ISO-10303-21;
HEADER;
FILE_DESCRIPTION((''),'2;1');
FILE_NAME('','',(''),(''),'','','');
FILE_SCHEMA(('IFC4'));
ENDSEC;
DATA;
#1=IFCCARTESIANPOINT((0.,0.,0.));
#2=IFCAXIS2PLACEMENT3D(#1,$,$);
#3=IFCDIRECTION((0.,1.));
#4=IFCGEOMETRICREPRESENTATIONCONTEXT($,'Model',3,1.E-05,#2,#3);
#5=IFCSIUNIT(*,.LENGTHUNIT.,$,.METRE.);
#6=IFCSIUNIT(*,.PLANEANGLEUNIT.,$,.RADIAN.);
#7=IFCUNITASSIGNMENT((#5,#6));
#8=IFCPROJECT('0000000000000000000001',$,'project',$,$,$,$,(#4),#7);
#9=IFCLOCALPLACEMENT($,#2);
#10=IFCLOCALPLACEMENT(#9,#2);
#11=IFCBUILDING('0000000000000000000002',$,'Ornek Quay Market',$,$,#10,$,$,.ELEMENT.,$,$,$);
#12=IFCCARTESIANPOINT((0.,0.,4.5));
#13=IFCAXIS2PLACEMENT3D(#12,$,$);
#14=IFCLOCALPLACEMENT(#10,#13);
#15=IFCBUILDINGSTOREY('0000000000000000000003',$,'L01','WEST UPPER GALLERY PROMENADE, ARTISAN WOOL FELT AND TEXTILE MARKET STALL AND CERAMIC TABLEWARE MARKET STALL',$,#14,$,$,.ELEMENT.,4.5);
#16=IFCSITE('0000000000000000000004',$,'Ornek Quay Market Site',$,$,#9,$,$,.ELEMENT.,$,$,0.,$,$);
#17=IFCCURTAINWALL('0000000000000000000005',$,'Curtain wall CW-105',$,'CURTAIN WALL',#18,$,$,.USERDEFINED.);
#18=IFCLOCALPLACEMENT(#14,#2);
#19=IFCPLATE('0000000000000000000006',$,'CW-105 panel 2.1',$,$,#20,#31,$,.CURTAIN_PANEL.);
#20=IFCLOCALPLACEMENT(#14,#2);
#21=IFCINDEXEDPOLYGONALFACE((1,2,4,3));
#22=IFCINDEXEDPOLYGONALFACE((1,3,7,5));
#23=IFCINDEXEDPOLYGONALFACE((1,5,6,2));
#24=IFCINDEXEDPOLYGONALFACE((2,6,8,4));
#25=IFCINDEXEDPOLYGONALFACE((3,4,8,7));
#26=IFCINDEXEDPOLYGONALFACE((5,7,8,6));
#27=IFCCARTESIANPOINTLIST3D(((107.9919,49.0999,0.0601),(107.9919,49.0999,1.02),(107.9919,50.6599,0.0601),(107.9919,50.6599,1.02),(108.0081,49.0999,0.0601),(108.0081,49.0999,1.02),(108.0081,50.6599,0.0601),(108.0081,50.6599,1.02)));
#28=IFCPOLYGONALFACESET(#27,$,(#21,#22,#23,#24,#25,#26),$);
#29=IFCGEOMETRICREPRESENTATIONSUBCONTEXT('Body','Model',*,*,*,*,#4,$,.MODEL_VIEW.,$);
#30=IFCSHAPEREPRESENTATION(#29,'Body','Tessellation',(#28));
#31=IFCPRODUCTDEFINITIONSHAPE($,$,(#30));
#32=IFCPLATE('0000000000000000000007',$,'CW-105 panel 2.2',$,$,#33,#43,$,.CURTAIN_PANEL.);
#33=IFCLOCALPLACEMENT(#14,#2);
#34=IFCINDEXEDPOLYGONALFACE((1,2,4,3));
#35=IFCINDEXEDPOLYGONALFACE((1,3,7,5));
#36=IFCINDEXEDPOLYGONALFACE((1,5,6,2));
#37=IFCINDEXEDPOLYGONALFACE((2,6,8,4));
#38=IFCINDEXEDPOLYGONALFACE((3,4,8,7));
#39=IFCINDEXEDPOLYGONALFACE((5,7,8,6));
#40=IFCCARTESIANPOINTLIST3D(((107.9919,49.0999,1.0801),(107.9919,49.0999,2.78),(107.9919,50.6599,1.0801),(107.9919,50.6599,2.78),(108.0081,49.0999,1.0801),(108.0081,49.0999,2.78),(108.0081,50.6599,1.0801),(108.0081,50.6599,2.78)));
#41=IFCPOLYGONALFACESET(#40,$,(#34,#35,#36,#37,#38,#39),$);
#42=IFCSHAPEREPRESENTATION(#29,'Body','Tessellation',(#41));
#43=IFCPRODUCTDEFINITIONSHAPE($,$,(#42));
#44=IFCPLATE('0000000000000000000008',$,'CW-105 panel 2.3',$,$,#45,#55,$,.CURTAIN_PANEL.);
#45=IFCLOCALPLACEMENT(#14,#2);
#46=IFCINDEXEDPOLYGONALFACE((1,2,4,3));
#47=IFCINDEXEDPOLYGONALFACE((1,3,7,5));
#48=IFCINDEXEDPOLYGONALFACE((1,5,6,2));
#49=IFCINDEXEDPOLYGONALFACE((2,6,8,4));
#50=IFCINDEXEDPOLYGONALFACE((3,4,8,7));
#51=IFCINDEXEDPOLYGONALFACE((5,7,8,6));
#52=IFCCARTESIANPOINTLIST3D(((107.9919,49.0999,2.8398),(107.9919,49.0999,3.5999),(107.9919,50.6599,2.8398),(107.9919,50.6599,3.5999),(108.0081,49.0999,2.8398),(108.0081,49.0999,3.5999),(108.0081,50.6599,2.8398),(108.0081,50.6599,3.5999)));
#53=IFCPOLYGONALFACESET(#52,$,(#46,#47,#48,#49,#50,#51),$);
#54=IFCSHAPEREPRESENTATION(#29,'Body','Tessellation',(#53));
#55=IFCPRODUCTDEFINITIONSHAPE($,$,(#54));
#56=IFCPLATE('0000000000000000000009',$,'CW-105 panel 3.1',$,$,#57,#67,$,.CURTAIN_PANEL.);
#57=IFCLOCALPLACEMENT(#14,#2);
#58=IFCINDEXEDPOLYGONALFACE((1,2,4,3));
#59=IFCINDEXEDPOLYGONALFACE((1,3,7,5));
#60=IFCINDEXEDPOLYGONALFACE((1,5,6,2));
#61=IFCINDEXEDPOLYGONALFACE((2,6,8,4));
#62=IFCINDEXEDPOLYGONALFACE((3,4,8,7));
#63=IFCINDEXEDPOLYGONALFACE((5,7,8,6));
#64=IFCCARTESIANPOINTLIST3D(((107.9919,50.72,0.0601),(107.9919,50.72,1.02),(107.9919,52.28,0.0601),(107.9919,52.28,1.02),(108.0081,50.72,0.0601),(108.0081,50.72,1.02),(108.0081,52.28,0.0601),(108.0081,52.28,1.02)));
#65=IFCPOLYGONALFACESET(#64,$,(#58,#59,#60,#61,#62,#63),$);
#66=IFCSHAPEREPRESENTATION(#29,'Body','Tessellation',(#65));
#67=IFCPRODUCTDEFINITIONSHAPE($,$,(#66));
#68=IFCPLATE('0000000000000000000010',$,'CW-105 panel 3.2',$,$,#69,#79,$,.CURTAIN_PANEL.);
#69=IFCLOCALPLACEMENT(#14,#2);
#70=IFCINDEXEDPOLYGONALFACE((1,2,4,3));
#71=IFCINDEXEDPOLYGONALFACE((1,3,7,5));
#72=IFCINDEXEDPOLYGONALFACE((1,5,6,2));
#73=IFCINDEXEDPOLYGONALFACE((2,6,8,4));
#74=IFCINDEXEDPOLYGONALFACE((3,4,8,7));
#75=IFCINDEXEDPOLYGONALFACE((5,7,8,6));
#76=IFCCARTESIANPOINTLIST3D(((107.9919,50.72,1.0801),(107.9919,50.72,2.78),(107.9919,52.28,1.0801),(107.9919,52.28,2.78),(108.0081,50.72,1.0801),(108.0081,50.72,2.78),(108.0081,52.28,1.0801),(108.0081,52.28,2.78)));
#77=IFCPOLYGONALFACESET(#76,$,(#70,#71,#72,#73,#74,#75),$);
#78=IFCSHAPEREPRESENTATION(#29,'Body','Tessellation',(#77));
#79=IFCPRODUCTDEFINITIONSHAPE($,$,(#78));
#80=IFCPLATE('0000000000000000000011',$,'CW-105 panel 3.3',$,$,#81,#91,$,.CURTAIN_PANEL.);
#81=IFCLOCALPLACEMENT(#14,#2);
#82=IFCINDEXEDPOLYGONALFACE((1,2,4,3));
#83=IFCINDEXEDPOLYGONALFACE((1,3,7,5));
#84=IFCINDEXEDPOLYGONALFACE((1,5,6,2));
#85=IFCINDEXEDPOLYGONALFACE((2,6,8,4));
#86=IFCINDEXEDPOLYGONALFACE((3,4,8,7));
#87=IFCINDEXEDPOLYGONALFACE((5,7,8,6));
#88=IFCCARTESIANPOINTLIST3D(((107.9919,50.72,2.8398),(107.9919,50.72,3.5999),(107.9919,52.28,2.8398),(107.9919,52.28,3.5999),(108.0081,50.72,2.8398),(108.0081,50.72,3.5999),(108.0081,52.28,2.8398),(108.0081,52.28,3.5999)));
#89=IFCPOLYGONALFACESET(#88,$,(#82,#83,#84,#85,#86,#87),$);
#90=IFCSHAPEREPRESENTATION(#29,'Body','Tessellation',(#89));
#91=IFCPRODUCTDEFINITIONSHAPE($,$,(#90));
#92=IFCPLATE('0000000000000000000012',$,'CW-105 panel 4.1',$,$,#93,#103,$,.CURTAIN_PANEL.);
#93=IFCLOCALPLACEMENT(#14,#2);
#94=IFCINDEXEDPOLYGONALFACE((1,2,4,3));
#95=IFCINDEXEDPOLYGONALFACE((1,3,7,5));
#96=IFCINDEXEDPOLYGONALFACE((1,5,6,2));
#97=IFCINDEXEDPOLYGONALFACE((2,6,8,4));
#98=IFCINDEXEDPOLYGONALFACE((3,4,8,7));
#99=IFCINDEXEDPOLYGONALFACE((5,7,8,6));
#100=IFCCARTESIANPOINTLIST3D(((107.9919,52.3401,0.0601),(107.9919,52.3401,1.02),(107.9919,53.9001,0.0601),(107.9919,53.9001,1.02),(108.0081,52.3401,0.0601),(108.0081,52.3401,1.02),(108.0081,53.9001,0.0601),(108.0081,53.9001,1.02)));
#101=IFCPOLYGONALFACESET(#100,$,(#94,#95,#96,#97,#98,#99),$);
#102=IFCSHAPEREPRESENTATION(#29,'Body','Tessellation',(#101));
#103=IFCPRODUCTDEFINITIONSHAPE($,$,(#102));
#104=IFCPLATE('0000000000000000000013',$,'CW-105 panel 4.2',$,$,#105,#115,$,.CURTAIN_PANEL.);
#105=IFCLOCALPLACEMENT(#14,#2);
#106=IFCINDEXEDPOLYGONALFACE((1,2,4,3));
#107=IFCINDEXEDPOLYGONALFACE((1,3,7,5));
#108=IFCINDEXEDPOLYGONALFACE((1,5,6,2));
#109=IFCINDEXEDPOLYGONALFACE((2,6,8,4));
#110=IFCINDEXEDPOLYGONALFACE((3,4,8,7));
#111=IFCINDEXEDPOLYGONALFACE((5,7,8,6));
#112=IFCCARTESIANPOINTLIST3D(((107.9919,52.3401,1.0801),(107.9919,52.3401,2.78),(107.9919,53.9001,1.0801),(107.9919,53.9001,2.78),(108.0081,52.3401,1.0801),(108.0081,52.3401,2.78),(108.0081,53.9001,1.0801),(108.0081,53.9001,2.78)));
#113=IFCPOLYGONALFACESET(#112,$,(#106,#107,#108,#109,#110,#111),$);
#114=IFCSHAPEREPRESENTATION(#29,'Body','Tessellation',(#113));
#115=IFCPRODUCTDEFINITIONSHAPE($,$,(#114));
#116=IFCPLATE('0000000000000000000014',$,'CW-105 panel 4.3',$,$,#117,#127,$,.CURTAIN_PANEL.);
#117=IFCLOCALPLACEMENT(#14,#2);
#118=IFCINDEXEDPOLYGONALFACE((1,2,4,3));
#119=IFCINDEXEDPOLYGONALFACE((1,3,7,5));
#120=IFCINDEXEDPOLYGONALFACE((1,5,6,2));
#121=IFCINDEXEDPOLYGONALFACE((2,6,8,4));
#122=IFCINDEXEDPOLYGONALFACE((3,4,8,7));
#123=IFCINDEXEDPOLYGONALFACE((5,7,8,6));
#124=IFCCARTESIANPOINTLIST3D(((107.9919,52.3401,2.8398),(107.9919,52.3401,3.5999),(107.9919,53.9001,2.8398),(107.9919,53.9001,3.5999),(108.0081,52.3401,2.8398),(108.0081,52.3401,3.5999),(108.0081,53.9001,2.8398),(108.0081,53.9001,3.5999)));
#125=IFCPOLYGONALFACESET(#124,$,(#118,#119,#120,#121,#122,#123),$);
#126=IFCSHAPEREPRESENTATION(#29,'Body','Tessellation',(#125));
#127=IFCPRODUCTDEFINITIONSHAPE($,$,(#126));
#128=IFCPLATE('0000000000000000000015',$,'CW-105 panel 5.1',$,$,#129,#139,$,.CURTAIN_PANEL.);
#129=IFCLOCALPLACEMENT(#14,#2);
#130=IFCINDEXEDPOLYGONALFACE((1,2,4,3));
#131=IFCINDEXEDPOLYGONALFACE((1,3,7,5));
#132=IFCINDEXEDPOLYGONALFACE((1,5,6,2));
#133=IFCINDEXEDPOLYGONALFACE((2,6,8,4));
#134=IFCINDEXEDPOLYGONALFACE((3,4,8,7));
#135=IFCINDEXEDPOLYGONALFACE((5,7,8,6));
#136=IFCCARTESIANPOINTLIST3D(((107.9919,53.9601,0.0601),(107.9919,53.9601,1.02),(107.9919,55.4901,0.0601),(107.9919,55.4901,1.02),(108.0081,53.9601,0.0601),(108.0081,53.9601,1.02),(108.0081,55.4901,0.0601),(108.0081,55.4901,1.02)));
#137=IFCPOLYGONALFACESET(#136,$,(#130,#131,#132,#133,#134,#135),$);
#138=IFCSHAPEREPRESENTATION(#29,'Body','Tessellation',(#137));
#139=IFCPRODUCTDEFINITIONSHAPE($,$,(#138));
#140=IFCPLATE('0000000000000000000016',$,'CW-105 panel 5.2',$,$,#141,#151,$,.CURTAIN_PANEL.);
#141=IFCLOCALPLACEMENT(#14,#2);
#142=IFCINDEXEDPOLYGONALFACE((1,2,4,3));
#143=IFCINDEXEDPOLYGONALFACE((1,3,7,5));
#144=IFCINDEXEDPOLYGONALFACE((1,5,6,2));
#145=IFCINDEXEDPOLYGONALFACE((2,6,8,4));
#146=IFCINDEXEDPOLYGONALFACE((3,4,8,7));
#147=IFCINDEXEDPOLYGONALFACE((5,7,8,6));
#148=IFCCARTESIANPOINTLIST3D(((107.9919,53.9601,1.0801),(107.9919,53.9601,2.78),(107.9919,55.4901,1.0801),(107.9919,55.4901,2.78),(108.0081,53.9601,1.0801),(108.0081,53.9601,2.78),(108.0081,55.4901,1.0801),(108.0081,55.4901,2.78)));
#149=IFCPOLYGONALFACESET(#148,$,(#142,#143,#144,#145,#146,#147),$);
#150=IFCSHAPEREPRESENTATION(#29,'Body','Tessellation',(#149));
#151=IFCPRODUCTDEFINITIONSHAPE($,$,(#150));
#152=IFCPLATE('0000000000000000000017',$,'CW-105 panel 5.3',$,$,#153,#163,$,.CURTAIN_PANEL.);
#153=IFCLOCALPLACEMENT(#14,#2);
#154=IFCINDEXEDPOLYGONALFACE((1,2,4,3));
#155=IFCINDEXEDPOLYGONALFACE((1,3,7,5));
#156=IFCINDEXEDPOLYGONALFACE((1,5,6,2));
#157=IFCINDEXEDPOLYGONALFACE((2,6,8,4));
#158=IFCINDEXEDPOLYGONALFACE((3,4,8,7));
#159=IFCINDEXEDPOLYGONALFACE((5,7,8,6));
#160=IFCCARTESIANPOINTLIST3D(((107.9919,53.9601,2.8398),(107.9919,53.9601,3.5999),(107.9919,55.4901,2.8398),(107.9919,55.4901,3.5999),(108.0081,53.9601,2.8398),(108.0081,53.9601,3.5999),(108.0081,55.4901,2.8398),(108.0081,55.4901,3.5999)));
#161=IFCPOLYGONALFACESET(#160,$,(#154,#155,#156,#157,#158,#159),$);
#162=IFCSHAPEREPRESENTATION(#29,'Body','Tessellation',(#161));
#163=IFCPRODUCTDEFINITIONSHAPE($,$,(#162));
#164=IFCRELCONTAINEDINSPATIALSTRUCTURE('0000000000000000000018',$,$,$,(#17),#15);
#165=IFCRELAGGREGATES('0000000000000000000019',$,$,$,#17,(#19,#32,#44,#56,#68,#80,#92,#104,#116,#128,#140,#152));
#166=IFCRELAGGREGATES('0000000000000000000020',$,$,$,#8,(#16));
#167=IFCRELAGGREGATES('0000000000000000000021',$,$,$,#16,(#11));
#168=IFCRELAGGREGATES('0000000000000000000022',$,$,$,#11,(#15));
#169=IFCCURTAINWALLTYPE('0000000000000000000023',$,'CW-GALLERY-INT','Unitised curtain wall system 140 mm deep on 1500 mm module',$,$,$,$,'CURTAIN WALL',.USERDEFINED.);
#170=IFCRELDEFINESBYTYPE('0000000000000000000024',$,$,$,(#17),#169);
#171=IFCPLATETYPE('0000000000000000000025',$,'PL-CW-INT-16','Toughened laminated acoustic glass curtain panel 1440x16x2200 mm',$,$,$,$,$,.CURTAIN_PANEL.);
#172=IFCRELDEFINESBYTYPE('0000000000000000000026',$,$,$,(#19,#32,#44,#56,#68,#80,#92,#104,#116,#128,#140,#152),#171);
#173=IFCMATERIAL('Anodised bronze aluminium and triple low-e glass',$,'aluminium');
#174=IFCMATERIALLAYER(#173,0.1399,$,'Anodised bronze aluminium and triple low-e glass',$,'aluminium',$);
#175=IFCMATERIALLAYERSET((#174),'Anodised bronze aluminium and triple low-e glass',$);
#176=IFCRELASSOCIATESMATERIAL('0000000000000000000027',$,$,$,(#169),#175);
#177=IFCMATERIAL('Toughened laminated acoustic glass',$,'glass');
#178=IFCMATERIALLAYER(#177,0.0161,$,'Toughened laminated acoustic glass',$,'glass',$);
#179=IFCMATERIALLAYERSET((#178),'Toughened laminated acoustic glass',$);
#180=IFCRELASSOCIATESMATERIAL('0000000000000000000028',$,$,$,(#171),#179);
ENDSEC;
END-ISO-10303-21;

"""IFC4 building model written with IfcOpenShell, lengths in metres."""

from ifc_helpers import new_model, si_unit, direction, frame, origin, origin_2d, place, context, subcontext, project, spatial, rectangle, extrude, material, layer, layer_set, type_object, element, aggregate, save


model = new_model("IFC4")

# Units and contexts
model_context = context("Model", 3, precision=1e-05, world=origin(), true_north=direction((0.0, 1.0)))
body_context = subcontext(model_context, "Body", "Model", "MODEL_VIEW")
ifc_project = project(units=[si_unit("LENGTHUNIT", "METRE"), si_unit("PLANEANGLEUNIT", "RADIAN")], contexts=[model_context])

# Site, building, storey
site_placement = place(None, origin())
site = spatial("IfcSite", under=ifc_project, at=site_placement, Name="Ornek Quay Market Site", CompositionType="ELEMENT", RefElevation=0.0)
building_placement = place(site_placement, origin())
building = spatial("IfcBuilding", under=site, at=building_placement, Name="Ornek Quay Market", CompositionType="ELEMENT")
storey_placement = place(building_placement, frame((0.0, 0.0, 4.5)))
storey = spatial("IfcBuildingStorey", under=building, at=storey_placement, Name="L01", Description="WEST UPPER GALLERY PROMENADE, ARTISAN WOOL FELT AND TEXTILE MARKET STALL AND CERAMIC TABLEWARE MARKET STALL", CompositionType="ELEMENT", Elevation=4.5)

# Curtain wall, plates
ifc_material_1 = material(Name="Anodised bronze aluminium and triple low-e glass", Category="aluminium")
ifc_layer_1 = layer(ifc_material_1, 0.1399, Name="Anodised bronze aluminium and triple low-e glass", Category="aluminium")
ifc_layer_set_1 = layer_set([ifc_layer_1], Name="Anodised bronze aluminium and triple low-e glass")
curtain_wall_type = type_object("IfcCurtainWallType", Name="CW-GALLERY-INT", Description="Unitised curtain wall system 140 mm deep on 1500 mm module", ElementType="CURTAIN WALL", PredefinedType="USERDEFINED", material=ifc_layer_set_1)
curtain_wall_placement = place(storey_placement, origin())
curtain_wall = element("IfcCurtainWall", 1, at=curtain_wall_placement, inside=storey, type_object=curtain_wall_type, Name="Curtain wall CW-105", ObjectType="CURTAIN WALL", PredefinedType="USERDEFINED")
ifc_material_2 = material(Name="Toughened laminated acoustic glass", Category="glass")
ifc_layer_2 = layer(ifc_material_2, 0.0161, Name="Toughened laminated acoustic glass", Category="glass")
ifc_layer_set_2 = layer_set([ifc_layer_2], Name="Toughened laminated acoustic glass")
plate_type = type_object("IfcPlateType", Name="PL-CW-INT-16", Description="Toughened laminated acoustic glass curtain panel 1440x16x2200 mm", PredefinedType="CURTAIN_PANEL", material=ifc_layer_set_2)
plate_1_placement = place(storey_placement, frame((108.0, 49.8799, 0.0601), z_axis=(0.0, 0.0, 1.0), x_axis=(0.0, 1.0, 0.0)))
plate_1 = element("IfcPlate", 2, at=plate_1_placement, type_object=plate_type, Name="CW-105 panel 2.1", PredefinedType="CURTAIN_PANEL", context=body_context, shape_type="SweptSolid", body=[
    extrude(rectangle(XDim=1.5601, YDim=0.0161, at=origin_2d()), origin(), (0.0, 0.0, 1.0), 0.96),
])
plate_2_placement = place(storey_placement, frame((108.0, 49.8799, 1.0801), z_axis=(0.0, 0.0, 1.0), x_axis=(0.0, 1.0, 0.0)))
plate_2 = element("IfcPlate", 3, at=plate_2_placement, type_object=plate_type, Name="CW-105 panel 2.2", PredefinedType="CURTAIN_PANEL", context=body_context, shape_type="SweptSolid", body=[
    extrude(rectangle(XDim=1.5601, YDim=0.0161, at=origin_2d()), origin(), (0.0, 0.0, 1.0), 1.7),
])
plate_3_placement = place(storey_placement, frame((108.0, 49.8799, 2.8398), z_axis=(0.0, 0.0, 1.0), x_axis=(0.0, 1.0, 0.0)))
plate_3 = element("IfcPlate", 4, at=plate_3_placement, type_object=plate_type, Name="CW-105 panel 2.3", PredefinedType="CURTAIN_PANEL", context=body_context, shape_type="SweptSolid", body=[
    extrude(rectangle(XDim=1.5601, YDim=0.0161, at=origin_2d()), origin(), (0.0, 0.0, 1.0), 0.76),
])
plate_4_placement = place(storey_placement, frame((108.0, 51.5, 0.0601), z_axis=(0.0, 0.0, 1.0), x_axis=(0.0, 1.0, 0.0)))
plate_4 = element("IfcPlate", 5, at=plate_4_placement, type_object=plate_type, Name="CW-105 panel 3.1", PredefinedType="CURTAIN_PANEL", context=body_context, shape_type="SweptSolid", body=[
    extrude(rectangle(XDim=1.5601, YDim=0.0161, at=origin_2d()), origin(), (0.0, 0.0, 1.0), 0.96),
])
plate_5_placement = place(storey_placement, frame((108.0, 51.5, 1.0801), z_axis=(0.0, 0.0, 1.0), x_axis=(0.0, 1.0, 0.0)))
plate_5 = element("IfcPlate", 6, at=plate_5_placement, type_object=plate_type, Name="CW-105 panel 3.2", PredefinedType="CURTAIN_PANEL", context=body_context, shape_type="SweptSolid", body=[
    extrude(rectangle(XDim=1.5601, YDim=0.0161, at=origin_2d()), origin(), (0.0, 0.0, 1.0), 1.7),
])
plate_6_placement = place(storey_placement, frame((108.0, 51.5, 2.8398), z_axis=(0.0, 0.0, 1.0), x_axis=(0.0, 1.0, 0.0)))
plate_6 = element("IfcPlate", 7, at=plate_6_placement, type_object=plate_type, Name="CW-105 panel 3.3", PredefinedType="CURTAIN_PANEL", context=body_context, shape_type="SweptSolid", body=[
    extrude(rectangle(XDim=1.5601, YDim=0.0161, at=origin_2d()), origin(), (0.0, 0.0, 1.0), 0.76),
])
plate_7_placement = place(storey_placement, frame((108.0, 53.1201, 0.0601), z_axis=(0.0, 0.0, 1.0), x_axis=(0.0, 1.0, 0.0)))
plate_7 = element("IfcPlate", 8, at=plate_7_placement, type_object=plate_type, Name="CW-105 panel 4.1", PredefinedType="CURTAIN_PANEL", context=body_context, shape_type="SweptSolid", body=[
    extrude(rectangle(XDim=1.5601, YDim=0.0161, at=origin_2d()), origin(), (0.0, 0.0, 1.0), 0.96),
])
plate_8_placement = place(storey_placement, frame((108.0, 53.1201, 1.0801), z_axis=(0.0, 0.0, 1.0), x_axis=(0.0, 1.0, 0.0)))
plate_8 = element("IfcPlate", 9, at=plate_8_placement, type_object=plate_type, Name="CW-105 panel 4.2", PredefinedType="CURTAIN_PANEL", context=body_context, shape_type="SweptSolid", body=[
    extrude(rectangle(XDim=1.5601, YDim=0.0161, at=origin_2d()), origin(), (0.0, 0.0, 1.0), 1.7),
])
plate_9_placement = place(storey_placement, frame((108.0, 53.1201, 2.8398), z_axis=(0.0, 0.0, 1.0), x_axis=(0.0, 1.0, 0.0)))
plate_9 = element("IfcPlate", 10, at=plate_9_placement, type_object=plate_type, Name="CW-105 panel 4.3", PredefinedType="CURTAIN_PANEL", context=body_context, shape_type="SweptSolid", body=[
    extrude(rectangle(XDim=1.5601, YDim=0.0161, at=origin_2d()), origin(), (0.0, 0.0, 1.0), 0.76),
])
plate_10_placement = place(storey_placement, frame((108.0, 54.7251, 0.0601), z_axis=(0.0, 0.0, 1.0), x_axis=(0.0, 1.0, 0.0)))
plate_10 = element("IfcPlate", 11, at=plate_10_placement, type_object=plate_type, Name="CW-105 panel 5.1", PredefinedType="CURTAIN_PANEL", context=body_context, shape_type="SweptSolid", body=[
    extrude(rectangle(XDim=1.53, YDim=0.0161, at=origin_2d()), origin(), (0.0, 0.0, 1.0), 0.96),
])
plate_11_placement = place(storey_placement, frame((108.0, 54.7251, 1.0801), z_axis=(0.0, 0.0, 1.0), x_axis=(0.0, 1.0, 0.0)))
plate_11 = element("IfcPlate", 12, at=plate_11_placement, type_object=plate_type, Name="CW-105 panel 5.2", PredefinedType="CURTAIN_PANEL", context=body_context, shape_type="SweptSolid", body=[
    extrude(rectangle(XDim=1.53, YDim=0.0161, at=origin_2d()), origin(), (0.0, 0.0, 1.0), 1.7),
])
plate_12_placement = place(storey_placement, frame((108.0, 54.7251, 2.8398), z_axis=(0.0, 0.0, 1.0), x_axis=(0.0, 1.0, 0.0)))
plate_12 = element("IfcPlate", 13, at=plate_12_placement, type_object=plate_type, Name="CW-105 panel 5.3", PredefinedType="CURTAIN_PANEL", context=body_context, shape_type="SweptSolid", body=[
    extrude(rectangle(XDim=1.53, YDim=0.0161, at=origin_2d()), origin(), (0.0, 0.0, 1.0), 0.76),
])
aggregate(curtain_wall, [plate_1, plate_2, plate_3, plate_4, plate_5, plate_6, plate_7, plate_8, plate_9, plate_10, plate_11, plate_12])

save(model, "model.ifc")
